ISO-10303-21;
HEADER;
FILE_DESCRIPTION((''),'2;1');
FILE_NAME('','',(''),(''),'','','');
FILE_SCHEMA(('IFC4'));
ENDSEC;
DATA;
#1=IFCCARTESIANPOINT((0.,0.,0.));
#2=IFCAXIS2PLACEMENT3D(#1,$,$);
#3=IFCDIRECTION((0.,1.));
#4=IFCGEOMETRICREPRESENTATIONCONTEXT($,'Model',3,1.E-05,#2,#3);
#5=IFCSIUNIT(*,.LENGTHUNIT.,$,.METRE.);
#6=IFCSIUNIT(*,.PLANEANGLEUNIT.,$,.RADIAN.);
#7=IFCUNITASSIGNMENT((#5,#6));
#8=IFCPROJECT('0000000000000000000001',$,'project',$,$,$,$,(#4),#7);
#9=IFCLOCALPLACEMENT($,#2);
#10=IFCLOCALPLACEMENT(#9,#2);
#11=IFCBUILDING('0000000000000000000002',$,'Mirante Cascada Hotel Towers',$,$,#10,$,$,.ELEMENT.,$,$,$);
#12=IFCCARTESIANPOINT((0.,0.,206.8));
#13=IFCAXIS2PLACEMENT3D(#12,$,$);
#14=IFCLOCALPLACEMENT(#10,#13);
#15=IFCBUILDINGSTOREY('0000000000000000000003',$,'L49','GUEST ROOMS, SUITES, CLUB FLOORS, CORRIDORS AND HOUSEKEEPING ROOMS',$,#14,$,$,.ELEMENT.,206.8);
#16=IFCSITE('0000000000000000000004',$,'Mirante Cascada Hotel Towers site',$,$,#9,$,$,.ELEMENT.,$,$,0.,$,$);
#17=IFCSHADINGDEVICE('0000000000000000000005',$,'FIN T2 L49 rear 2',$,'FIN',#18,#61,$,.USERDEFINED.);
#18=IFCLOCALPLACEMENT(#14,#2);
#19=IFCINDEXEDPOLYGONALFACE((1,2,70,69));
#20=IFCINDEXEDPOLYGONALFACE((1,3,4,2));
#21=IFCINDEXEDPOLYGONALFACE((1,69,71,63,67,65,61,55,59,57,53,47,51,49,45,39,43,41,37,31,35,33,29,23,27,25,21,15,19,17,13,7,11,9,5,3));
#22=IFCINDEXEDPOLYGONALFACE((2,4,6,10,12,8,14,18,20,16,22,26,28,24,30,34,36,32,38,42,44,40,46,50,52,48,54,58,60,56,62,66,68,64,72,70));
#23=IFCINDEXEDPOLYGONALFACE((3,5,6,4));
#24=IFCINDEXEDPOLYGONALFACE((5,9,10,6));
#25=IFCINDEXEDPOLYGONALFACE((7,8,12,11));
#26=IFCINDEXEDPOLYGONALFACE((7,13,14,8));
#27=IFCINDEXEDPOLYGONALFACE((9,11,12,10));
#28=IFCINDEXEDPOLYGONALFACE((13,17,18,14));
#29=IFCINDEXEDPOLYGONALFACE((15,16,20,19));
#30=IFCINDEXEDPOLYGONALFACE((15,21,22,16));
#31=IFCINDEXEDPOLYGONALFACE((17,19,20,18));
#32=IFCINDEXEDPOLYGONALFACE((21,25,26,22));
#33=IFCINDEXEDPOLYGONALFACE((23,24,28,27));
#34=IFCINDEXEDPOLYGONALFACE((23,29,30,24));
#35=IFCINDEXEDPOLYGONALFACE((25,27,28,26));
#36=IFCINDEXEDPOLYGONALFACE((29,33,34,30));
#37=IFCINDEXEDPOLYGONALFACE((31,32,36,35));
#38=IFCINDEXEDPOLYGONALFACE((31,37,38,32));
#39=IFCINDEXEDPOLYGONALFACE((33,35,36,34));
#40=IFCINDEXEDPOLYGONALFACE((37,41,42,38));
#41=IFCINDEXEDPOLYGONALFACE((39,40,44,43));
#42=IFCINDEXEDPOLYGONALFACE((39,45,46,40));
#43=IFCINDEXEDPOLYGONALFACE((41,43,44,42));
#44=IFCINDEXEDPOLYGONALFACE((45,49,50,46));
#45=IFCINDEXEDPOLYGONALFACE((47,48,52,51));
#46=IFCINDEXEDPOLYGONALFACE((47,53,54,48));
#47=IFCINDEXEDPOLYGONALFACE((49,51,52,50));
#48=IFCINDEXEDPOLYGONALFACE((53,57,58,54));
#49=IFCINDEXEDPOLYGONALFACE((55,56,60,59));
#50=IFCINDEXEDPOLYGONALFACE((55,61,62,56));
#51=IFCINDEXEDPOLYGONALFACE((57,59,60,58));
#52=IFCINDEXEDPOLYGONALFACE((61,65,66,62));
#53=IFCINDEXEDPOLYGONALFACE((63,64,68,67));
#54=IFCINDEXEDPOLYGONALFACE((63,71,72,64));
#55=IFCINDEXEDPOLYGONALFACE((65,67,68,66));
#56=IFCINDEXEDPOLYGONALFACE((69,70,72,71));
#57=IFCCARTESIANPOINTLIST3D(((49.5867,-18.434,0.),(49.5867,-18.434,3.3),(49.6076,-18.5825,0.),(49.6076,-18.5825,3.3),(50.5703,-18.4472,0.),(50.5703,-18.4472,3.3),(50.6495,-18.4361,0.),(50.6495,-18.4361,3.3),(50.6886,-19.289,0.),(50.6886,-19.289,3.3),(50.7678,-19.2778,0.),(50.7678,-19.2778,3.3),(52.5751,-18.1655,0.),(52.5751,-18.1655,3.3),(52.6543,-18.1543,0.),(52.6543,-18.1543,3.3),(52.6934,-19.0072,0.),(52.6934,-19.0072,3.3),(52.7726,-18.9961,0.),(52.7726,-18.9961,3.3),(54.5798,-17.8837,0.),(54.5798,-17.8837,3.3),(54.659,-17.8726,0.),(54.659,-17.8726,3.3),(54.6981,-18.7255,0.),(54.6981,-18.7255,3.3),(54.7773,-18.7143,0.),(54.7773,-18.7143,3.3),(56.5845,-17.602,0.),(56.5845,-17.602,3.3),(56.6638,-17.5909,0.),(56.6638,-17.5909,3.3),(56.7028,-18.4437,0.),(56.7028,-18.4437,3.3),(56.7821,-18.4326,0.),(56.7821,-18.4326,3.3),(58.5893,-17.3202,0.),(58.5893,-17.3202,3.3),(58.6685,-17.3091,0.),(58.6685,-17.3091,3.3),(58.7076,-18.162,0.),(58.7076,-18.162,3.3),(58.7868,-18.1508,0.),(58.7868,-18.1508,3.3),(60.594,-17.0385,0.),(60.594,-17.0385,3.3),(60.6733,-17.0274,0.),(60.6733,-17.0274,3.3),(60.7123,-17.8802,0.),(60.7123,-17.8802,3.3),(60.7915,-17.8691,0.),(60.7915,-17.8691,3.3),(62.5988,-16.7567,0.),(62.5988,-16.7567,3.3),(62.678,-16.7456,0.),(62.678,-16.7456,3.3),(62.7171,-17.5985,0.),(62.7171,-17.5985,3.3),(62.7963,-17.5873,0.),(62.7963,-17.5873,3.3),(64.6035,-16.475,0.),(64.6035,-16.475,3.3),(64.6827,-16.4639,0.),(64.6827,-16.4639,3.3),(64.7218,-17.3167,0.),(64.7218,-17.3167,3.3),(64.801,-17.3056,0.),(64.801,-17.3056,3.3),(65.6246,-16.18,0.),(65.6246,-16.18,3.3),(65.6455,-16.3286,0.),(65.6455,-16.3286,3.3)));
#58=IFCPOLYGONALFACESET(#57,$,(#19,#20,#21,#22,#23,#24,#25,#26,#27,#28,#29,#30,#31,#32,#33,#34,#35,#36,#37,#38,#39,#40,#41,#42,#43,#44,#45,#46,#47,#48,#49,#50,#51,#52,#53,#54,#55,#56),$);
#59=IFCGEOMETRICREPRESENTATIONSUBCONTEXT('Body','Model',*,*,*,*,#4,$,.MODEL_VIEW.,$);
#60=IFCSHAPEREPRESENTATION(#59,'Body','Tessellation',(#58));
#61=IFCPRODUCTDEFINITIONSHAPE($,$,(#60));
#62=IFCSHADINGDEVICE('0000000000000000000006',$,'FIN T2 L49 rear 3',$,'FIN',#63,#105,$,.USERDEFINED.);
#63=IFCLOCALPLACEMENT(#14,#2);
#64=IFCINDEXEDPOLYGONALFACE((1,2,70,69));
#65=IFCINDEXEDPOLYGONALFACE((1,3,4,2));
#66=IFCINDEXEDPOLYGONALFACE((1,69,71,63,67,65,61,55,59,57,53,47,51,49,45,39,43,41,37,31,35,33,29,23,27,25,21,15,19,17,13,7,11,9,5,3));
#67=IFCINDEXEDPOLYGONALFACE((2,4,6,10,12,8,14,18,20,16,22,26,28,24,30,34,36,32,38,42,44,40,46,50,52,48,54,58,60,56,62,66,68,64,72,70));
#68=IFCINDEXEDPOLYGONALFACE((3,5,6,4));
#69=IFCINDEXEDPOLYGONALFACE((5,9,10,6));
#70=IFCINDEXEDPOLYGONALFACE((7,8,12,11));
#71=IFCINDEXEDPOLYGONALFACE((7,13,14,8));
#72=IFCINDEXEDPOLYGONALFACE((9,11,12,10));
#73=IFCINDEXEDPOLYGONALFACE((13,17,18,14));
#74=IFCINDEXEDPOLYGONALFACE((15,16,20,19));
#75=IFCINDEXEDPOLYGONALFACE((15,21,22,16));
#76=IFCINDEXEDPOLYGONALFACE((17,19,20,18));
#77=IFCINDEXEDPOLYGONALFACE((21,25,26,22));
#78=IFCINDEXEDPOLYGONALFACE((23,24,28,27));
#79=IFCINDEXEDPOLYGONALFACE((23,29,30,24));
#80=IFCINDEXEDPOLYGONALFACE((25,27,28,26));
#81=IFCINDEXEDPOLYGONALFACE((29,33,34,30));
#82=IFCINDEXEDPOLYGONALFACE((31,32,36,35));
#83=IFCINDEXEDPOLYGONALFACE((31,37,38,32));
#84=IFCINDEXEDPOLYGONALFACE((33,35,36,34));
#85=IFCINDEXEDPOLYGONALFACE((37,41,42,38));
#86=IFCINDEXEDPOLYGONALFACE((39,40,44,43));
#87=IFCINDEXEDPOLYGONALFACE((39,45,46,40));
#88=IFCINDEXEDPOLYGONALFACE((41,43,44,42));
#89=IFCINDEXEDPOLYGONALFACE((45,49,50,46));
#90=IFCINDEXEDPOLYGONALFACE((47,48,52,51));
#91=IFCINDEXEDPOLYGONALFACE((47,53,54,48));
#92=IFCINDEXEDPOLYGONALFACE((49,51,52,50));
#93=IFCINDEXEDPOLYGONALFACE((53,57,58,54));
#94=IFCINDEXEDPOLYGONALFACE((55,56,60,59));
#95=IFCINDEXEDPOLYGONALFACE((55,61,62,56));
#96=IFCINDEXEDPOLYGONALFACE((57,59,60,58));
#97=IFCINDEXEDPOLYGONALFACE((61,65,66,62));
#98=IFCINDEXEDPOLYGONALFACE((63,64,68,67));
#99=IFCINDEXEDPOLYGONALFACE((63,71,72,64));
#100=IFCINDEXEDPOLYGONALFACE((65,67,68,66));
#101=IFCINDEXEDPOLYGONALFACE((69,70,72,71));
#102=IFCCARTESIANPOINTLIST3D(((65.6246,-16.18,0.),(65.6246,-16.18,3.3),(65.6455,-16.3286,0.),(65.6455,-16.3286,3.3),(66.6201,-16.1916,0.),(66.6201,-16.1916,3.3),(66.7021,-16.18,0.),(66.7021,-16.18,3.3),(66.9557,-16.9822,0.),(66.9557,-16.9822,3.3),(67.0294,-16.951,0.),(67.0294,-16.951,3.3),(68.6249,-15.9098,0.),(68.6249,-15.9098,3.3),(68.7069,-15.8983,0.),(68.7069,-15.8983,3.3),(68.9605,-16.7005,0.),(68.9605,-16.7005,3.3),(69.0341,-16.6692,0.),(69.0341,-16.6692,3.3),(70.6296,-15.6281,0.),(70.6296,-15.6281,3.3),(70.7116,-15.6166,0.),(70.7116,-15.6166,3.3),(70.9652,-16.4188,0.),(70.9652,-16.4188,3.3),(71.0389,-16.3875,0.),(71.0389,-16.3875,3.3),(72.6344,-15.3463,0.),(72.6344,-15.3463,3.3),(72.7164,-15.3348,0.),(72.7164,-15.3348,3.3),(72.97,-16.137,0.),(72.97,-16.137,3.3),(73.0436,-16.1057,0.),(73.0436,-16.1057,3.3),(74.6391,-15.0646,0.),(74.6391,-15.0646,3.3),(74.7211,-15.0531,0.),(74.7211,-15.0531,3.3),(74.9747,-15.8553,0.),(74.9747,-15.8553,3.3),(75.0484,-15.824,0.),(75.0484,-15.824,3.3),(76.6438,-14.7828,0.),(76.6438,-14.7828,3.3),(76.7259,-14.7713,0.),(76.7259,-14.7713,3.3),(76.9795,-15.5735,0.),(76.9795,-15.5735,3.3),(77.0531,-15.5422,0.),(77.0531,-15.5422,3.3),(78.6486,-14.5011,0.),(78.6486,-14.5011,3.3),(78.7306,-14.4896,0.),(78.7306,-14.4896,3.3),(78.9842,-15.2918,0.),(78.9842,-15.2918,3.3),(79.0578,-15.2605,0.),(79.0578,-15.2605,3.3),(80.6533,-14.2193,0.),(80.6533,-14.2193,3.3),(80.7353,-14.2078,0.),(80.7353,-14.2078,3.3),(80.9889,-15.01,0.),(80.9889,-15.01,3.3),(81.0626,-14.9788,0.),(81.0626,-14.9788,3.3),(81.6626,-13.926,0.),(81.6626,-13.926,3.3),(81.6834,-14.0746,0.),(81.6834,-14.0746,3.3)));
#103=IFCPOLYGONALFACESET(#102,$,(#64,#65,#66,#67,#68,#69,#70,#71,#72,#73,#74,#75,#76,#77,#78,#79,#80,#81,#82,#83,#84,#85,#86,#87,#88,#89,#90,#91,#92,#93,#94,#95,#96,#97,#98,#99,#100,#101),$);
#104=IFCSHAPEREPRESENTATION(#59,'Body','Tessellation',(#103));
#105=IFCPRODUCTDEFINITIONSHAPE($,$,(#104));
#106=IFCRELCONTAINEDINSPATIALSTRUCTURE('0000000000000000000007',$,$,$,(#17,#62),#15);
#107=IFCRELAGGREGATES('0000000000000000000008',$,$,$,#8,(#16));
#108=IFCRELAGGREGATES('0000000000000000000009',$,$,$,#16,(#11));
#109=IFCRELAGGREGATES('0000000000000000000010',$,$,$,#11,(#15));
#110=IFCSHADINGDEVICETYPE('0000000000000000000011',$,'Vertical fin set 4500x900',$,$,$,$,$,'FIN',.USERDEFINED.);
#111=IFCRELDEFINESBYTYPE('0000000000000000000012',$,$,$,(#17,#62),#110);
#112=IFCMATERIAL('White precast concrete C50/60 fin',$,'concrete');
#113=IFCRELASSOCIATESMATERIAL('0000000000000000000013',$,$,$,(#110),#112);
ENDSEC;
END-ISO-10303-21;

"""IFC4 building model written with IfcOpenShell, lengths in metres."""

from ifc_helpers import new_model, si_unit, direction, frame, origin, place, context, subcontext, project, spatial, polyline, outline, extrude, material, type_object, element, save


model = new_model("IFC4")

# Units and contexts
model_context = context("Model", 3, precision=1e-05, world=origin(), true_north=direction((0.0, 1.0)))
body_context = subcontext(model_context, "Body", "Model", "MODEL_VIEW")
ifc_project = project(units=[si_unit("LENGTHUNIT", "METRE"), si_unit("PLANEANGLEUNIT", "RADIAN")], contexts=[model_context])

# Site, building, storey
site_placement = place(None, origin())
site = spatial("IfcSite", under=ifc_project, at=site_placement, Name="Mirante Cascada Hotel Towers site", CompositionType="ELEMENT", RefElevation=0.0)
building_placement = place(site_placement, origin())
building = spatial("IfcBuilding", under=site, at=building_placement, Name="Mirante Cascada Hotel Towers", CompositionType="ELEMENT")
storey_placement = place(building_placement, frame((0.0, 0.0, 206.8)))
storey = spatial("IfcBuildingStorey", under=building, at=storey_placement, Name="L49", Description="GUEST ROOMS, SUITES, CLUB FLOORS, CORRIDORS AND HOUSEKEEPING ROOMS", CompositionType="ELEMENT", Elevation=206.8)

# Shading devices
ifc_material_1 = material(Name="White precast concrete C50/60 fin", Category="concrete")
shading_device_type = type_object("IfcShadingDeviceType", Name="Vertical fin set 4500x900", ElementType="FIN", PredefinedType="USERDEFINED", material=ifc_material_1)
shading_device_1_placement = place(storey_placement, origin())
element("IfcShadingDevice", 1, at=shading_device_1_placement, inside=storey, type_object=shading_device_type, Name="FIN T2 L49 rear 2", ObjectType="FIN", PredefinedType="USERDEFINED", context=body_context, shape_type="SweptSolid", body=[
    extrude(outline(polyline([(50.6886, -19.289), (50.5703, -18.4472), (49.6076, -18.5825), (49.5867, -18.434), (65.6246, -16.18), (65.6455, -16.3286), (64.6827, -16.4639), (64.801, -17.3056), (64.7218, -17.3167), (64.6035, -16.475), (62.678, -16.7456), (62.7963, -17.5873), (62.7171, -17.5985), (62.5988, -16.7567), (60.6733, -17.0274), (60.7915, -17.8691), (60.7123, -17.8802), (60.594, -17.0385), (58.6685, -17.3091), (58.7868, -18.1508), (58.7076, -18.162), (58.5893, -17.3202), (56.6638, -17.5909), (56.7821, -18.4326), (56.7028, -18.4437), (56.5845, -17.602), (54.659, -17.8726), (54.7773, -18.7143), (54.6981, -18.7255), (54.5798, -17.8837), (52.6543, -18.1543), (52.7726, -18.9961), (52.6934, -19.0072), (52.5751, -18.1655), (50.6495, -18.4361), (50.7678, -19.2778), (50.6886, -19.289)])), origin(), (0.0, 0.0, 1.0), 3.3),
])
shading_device_2_placement = place(storey_placement, origin())
element("IfcShadingDevice", 2, at=shading_device_2_placement, inside=storey, type_object=shading_device_type, Name="FIN T2 L49 rear 3", ObjectType="FIN", PredefinedType="USERDEFINED", context=body_context, shape_type="SweptSolid", body=[
    extrude(outline(polyline([(66.9557, -16.9822), (66.6201, -16.1916), (65.6455, -16.3286), (65.6246, -16.18), (81.6626, -13.926), (81.6834, -14.0746), (80.7353, -14.2078), (81.0626, -14.9788), (80.9889, -15.01), (80.6533, -14.2193), (78.7306, -14.4896), (79.0578, -15.2605), (78.9842, -15.2918), (78.6486, -14.5011), (76.7259, -14.7713), (77.0531, -15.5422), (76.9795, -15.5735), (76.6438, -14.7828), (74.7211, -15.0531), (75.0484, -15.824), (74.9747, -15.8553), (74.6391, -15.0646), (72.7164, -15.3348), (73.0436, -16.1057), (72.97, -16.137), (72.6344, -15.3463), (70.7116, -15.6166), (71.0389, -16.3875), (70.9652, -16.4188), (70.6296, -15.6281), (68.7069, -15.8983), (69.0341, -16.6692), (68.9605, -16.7005), (68.6249, -15.9098), (66.7021, -16.18), (67.0294, -16.951), (66.9557, -16.9822)])), origin(), (0.0, 0.0, 1.0), 3.3),
])

save(model, "model.ifc")
